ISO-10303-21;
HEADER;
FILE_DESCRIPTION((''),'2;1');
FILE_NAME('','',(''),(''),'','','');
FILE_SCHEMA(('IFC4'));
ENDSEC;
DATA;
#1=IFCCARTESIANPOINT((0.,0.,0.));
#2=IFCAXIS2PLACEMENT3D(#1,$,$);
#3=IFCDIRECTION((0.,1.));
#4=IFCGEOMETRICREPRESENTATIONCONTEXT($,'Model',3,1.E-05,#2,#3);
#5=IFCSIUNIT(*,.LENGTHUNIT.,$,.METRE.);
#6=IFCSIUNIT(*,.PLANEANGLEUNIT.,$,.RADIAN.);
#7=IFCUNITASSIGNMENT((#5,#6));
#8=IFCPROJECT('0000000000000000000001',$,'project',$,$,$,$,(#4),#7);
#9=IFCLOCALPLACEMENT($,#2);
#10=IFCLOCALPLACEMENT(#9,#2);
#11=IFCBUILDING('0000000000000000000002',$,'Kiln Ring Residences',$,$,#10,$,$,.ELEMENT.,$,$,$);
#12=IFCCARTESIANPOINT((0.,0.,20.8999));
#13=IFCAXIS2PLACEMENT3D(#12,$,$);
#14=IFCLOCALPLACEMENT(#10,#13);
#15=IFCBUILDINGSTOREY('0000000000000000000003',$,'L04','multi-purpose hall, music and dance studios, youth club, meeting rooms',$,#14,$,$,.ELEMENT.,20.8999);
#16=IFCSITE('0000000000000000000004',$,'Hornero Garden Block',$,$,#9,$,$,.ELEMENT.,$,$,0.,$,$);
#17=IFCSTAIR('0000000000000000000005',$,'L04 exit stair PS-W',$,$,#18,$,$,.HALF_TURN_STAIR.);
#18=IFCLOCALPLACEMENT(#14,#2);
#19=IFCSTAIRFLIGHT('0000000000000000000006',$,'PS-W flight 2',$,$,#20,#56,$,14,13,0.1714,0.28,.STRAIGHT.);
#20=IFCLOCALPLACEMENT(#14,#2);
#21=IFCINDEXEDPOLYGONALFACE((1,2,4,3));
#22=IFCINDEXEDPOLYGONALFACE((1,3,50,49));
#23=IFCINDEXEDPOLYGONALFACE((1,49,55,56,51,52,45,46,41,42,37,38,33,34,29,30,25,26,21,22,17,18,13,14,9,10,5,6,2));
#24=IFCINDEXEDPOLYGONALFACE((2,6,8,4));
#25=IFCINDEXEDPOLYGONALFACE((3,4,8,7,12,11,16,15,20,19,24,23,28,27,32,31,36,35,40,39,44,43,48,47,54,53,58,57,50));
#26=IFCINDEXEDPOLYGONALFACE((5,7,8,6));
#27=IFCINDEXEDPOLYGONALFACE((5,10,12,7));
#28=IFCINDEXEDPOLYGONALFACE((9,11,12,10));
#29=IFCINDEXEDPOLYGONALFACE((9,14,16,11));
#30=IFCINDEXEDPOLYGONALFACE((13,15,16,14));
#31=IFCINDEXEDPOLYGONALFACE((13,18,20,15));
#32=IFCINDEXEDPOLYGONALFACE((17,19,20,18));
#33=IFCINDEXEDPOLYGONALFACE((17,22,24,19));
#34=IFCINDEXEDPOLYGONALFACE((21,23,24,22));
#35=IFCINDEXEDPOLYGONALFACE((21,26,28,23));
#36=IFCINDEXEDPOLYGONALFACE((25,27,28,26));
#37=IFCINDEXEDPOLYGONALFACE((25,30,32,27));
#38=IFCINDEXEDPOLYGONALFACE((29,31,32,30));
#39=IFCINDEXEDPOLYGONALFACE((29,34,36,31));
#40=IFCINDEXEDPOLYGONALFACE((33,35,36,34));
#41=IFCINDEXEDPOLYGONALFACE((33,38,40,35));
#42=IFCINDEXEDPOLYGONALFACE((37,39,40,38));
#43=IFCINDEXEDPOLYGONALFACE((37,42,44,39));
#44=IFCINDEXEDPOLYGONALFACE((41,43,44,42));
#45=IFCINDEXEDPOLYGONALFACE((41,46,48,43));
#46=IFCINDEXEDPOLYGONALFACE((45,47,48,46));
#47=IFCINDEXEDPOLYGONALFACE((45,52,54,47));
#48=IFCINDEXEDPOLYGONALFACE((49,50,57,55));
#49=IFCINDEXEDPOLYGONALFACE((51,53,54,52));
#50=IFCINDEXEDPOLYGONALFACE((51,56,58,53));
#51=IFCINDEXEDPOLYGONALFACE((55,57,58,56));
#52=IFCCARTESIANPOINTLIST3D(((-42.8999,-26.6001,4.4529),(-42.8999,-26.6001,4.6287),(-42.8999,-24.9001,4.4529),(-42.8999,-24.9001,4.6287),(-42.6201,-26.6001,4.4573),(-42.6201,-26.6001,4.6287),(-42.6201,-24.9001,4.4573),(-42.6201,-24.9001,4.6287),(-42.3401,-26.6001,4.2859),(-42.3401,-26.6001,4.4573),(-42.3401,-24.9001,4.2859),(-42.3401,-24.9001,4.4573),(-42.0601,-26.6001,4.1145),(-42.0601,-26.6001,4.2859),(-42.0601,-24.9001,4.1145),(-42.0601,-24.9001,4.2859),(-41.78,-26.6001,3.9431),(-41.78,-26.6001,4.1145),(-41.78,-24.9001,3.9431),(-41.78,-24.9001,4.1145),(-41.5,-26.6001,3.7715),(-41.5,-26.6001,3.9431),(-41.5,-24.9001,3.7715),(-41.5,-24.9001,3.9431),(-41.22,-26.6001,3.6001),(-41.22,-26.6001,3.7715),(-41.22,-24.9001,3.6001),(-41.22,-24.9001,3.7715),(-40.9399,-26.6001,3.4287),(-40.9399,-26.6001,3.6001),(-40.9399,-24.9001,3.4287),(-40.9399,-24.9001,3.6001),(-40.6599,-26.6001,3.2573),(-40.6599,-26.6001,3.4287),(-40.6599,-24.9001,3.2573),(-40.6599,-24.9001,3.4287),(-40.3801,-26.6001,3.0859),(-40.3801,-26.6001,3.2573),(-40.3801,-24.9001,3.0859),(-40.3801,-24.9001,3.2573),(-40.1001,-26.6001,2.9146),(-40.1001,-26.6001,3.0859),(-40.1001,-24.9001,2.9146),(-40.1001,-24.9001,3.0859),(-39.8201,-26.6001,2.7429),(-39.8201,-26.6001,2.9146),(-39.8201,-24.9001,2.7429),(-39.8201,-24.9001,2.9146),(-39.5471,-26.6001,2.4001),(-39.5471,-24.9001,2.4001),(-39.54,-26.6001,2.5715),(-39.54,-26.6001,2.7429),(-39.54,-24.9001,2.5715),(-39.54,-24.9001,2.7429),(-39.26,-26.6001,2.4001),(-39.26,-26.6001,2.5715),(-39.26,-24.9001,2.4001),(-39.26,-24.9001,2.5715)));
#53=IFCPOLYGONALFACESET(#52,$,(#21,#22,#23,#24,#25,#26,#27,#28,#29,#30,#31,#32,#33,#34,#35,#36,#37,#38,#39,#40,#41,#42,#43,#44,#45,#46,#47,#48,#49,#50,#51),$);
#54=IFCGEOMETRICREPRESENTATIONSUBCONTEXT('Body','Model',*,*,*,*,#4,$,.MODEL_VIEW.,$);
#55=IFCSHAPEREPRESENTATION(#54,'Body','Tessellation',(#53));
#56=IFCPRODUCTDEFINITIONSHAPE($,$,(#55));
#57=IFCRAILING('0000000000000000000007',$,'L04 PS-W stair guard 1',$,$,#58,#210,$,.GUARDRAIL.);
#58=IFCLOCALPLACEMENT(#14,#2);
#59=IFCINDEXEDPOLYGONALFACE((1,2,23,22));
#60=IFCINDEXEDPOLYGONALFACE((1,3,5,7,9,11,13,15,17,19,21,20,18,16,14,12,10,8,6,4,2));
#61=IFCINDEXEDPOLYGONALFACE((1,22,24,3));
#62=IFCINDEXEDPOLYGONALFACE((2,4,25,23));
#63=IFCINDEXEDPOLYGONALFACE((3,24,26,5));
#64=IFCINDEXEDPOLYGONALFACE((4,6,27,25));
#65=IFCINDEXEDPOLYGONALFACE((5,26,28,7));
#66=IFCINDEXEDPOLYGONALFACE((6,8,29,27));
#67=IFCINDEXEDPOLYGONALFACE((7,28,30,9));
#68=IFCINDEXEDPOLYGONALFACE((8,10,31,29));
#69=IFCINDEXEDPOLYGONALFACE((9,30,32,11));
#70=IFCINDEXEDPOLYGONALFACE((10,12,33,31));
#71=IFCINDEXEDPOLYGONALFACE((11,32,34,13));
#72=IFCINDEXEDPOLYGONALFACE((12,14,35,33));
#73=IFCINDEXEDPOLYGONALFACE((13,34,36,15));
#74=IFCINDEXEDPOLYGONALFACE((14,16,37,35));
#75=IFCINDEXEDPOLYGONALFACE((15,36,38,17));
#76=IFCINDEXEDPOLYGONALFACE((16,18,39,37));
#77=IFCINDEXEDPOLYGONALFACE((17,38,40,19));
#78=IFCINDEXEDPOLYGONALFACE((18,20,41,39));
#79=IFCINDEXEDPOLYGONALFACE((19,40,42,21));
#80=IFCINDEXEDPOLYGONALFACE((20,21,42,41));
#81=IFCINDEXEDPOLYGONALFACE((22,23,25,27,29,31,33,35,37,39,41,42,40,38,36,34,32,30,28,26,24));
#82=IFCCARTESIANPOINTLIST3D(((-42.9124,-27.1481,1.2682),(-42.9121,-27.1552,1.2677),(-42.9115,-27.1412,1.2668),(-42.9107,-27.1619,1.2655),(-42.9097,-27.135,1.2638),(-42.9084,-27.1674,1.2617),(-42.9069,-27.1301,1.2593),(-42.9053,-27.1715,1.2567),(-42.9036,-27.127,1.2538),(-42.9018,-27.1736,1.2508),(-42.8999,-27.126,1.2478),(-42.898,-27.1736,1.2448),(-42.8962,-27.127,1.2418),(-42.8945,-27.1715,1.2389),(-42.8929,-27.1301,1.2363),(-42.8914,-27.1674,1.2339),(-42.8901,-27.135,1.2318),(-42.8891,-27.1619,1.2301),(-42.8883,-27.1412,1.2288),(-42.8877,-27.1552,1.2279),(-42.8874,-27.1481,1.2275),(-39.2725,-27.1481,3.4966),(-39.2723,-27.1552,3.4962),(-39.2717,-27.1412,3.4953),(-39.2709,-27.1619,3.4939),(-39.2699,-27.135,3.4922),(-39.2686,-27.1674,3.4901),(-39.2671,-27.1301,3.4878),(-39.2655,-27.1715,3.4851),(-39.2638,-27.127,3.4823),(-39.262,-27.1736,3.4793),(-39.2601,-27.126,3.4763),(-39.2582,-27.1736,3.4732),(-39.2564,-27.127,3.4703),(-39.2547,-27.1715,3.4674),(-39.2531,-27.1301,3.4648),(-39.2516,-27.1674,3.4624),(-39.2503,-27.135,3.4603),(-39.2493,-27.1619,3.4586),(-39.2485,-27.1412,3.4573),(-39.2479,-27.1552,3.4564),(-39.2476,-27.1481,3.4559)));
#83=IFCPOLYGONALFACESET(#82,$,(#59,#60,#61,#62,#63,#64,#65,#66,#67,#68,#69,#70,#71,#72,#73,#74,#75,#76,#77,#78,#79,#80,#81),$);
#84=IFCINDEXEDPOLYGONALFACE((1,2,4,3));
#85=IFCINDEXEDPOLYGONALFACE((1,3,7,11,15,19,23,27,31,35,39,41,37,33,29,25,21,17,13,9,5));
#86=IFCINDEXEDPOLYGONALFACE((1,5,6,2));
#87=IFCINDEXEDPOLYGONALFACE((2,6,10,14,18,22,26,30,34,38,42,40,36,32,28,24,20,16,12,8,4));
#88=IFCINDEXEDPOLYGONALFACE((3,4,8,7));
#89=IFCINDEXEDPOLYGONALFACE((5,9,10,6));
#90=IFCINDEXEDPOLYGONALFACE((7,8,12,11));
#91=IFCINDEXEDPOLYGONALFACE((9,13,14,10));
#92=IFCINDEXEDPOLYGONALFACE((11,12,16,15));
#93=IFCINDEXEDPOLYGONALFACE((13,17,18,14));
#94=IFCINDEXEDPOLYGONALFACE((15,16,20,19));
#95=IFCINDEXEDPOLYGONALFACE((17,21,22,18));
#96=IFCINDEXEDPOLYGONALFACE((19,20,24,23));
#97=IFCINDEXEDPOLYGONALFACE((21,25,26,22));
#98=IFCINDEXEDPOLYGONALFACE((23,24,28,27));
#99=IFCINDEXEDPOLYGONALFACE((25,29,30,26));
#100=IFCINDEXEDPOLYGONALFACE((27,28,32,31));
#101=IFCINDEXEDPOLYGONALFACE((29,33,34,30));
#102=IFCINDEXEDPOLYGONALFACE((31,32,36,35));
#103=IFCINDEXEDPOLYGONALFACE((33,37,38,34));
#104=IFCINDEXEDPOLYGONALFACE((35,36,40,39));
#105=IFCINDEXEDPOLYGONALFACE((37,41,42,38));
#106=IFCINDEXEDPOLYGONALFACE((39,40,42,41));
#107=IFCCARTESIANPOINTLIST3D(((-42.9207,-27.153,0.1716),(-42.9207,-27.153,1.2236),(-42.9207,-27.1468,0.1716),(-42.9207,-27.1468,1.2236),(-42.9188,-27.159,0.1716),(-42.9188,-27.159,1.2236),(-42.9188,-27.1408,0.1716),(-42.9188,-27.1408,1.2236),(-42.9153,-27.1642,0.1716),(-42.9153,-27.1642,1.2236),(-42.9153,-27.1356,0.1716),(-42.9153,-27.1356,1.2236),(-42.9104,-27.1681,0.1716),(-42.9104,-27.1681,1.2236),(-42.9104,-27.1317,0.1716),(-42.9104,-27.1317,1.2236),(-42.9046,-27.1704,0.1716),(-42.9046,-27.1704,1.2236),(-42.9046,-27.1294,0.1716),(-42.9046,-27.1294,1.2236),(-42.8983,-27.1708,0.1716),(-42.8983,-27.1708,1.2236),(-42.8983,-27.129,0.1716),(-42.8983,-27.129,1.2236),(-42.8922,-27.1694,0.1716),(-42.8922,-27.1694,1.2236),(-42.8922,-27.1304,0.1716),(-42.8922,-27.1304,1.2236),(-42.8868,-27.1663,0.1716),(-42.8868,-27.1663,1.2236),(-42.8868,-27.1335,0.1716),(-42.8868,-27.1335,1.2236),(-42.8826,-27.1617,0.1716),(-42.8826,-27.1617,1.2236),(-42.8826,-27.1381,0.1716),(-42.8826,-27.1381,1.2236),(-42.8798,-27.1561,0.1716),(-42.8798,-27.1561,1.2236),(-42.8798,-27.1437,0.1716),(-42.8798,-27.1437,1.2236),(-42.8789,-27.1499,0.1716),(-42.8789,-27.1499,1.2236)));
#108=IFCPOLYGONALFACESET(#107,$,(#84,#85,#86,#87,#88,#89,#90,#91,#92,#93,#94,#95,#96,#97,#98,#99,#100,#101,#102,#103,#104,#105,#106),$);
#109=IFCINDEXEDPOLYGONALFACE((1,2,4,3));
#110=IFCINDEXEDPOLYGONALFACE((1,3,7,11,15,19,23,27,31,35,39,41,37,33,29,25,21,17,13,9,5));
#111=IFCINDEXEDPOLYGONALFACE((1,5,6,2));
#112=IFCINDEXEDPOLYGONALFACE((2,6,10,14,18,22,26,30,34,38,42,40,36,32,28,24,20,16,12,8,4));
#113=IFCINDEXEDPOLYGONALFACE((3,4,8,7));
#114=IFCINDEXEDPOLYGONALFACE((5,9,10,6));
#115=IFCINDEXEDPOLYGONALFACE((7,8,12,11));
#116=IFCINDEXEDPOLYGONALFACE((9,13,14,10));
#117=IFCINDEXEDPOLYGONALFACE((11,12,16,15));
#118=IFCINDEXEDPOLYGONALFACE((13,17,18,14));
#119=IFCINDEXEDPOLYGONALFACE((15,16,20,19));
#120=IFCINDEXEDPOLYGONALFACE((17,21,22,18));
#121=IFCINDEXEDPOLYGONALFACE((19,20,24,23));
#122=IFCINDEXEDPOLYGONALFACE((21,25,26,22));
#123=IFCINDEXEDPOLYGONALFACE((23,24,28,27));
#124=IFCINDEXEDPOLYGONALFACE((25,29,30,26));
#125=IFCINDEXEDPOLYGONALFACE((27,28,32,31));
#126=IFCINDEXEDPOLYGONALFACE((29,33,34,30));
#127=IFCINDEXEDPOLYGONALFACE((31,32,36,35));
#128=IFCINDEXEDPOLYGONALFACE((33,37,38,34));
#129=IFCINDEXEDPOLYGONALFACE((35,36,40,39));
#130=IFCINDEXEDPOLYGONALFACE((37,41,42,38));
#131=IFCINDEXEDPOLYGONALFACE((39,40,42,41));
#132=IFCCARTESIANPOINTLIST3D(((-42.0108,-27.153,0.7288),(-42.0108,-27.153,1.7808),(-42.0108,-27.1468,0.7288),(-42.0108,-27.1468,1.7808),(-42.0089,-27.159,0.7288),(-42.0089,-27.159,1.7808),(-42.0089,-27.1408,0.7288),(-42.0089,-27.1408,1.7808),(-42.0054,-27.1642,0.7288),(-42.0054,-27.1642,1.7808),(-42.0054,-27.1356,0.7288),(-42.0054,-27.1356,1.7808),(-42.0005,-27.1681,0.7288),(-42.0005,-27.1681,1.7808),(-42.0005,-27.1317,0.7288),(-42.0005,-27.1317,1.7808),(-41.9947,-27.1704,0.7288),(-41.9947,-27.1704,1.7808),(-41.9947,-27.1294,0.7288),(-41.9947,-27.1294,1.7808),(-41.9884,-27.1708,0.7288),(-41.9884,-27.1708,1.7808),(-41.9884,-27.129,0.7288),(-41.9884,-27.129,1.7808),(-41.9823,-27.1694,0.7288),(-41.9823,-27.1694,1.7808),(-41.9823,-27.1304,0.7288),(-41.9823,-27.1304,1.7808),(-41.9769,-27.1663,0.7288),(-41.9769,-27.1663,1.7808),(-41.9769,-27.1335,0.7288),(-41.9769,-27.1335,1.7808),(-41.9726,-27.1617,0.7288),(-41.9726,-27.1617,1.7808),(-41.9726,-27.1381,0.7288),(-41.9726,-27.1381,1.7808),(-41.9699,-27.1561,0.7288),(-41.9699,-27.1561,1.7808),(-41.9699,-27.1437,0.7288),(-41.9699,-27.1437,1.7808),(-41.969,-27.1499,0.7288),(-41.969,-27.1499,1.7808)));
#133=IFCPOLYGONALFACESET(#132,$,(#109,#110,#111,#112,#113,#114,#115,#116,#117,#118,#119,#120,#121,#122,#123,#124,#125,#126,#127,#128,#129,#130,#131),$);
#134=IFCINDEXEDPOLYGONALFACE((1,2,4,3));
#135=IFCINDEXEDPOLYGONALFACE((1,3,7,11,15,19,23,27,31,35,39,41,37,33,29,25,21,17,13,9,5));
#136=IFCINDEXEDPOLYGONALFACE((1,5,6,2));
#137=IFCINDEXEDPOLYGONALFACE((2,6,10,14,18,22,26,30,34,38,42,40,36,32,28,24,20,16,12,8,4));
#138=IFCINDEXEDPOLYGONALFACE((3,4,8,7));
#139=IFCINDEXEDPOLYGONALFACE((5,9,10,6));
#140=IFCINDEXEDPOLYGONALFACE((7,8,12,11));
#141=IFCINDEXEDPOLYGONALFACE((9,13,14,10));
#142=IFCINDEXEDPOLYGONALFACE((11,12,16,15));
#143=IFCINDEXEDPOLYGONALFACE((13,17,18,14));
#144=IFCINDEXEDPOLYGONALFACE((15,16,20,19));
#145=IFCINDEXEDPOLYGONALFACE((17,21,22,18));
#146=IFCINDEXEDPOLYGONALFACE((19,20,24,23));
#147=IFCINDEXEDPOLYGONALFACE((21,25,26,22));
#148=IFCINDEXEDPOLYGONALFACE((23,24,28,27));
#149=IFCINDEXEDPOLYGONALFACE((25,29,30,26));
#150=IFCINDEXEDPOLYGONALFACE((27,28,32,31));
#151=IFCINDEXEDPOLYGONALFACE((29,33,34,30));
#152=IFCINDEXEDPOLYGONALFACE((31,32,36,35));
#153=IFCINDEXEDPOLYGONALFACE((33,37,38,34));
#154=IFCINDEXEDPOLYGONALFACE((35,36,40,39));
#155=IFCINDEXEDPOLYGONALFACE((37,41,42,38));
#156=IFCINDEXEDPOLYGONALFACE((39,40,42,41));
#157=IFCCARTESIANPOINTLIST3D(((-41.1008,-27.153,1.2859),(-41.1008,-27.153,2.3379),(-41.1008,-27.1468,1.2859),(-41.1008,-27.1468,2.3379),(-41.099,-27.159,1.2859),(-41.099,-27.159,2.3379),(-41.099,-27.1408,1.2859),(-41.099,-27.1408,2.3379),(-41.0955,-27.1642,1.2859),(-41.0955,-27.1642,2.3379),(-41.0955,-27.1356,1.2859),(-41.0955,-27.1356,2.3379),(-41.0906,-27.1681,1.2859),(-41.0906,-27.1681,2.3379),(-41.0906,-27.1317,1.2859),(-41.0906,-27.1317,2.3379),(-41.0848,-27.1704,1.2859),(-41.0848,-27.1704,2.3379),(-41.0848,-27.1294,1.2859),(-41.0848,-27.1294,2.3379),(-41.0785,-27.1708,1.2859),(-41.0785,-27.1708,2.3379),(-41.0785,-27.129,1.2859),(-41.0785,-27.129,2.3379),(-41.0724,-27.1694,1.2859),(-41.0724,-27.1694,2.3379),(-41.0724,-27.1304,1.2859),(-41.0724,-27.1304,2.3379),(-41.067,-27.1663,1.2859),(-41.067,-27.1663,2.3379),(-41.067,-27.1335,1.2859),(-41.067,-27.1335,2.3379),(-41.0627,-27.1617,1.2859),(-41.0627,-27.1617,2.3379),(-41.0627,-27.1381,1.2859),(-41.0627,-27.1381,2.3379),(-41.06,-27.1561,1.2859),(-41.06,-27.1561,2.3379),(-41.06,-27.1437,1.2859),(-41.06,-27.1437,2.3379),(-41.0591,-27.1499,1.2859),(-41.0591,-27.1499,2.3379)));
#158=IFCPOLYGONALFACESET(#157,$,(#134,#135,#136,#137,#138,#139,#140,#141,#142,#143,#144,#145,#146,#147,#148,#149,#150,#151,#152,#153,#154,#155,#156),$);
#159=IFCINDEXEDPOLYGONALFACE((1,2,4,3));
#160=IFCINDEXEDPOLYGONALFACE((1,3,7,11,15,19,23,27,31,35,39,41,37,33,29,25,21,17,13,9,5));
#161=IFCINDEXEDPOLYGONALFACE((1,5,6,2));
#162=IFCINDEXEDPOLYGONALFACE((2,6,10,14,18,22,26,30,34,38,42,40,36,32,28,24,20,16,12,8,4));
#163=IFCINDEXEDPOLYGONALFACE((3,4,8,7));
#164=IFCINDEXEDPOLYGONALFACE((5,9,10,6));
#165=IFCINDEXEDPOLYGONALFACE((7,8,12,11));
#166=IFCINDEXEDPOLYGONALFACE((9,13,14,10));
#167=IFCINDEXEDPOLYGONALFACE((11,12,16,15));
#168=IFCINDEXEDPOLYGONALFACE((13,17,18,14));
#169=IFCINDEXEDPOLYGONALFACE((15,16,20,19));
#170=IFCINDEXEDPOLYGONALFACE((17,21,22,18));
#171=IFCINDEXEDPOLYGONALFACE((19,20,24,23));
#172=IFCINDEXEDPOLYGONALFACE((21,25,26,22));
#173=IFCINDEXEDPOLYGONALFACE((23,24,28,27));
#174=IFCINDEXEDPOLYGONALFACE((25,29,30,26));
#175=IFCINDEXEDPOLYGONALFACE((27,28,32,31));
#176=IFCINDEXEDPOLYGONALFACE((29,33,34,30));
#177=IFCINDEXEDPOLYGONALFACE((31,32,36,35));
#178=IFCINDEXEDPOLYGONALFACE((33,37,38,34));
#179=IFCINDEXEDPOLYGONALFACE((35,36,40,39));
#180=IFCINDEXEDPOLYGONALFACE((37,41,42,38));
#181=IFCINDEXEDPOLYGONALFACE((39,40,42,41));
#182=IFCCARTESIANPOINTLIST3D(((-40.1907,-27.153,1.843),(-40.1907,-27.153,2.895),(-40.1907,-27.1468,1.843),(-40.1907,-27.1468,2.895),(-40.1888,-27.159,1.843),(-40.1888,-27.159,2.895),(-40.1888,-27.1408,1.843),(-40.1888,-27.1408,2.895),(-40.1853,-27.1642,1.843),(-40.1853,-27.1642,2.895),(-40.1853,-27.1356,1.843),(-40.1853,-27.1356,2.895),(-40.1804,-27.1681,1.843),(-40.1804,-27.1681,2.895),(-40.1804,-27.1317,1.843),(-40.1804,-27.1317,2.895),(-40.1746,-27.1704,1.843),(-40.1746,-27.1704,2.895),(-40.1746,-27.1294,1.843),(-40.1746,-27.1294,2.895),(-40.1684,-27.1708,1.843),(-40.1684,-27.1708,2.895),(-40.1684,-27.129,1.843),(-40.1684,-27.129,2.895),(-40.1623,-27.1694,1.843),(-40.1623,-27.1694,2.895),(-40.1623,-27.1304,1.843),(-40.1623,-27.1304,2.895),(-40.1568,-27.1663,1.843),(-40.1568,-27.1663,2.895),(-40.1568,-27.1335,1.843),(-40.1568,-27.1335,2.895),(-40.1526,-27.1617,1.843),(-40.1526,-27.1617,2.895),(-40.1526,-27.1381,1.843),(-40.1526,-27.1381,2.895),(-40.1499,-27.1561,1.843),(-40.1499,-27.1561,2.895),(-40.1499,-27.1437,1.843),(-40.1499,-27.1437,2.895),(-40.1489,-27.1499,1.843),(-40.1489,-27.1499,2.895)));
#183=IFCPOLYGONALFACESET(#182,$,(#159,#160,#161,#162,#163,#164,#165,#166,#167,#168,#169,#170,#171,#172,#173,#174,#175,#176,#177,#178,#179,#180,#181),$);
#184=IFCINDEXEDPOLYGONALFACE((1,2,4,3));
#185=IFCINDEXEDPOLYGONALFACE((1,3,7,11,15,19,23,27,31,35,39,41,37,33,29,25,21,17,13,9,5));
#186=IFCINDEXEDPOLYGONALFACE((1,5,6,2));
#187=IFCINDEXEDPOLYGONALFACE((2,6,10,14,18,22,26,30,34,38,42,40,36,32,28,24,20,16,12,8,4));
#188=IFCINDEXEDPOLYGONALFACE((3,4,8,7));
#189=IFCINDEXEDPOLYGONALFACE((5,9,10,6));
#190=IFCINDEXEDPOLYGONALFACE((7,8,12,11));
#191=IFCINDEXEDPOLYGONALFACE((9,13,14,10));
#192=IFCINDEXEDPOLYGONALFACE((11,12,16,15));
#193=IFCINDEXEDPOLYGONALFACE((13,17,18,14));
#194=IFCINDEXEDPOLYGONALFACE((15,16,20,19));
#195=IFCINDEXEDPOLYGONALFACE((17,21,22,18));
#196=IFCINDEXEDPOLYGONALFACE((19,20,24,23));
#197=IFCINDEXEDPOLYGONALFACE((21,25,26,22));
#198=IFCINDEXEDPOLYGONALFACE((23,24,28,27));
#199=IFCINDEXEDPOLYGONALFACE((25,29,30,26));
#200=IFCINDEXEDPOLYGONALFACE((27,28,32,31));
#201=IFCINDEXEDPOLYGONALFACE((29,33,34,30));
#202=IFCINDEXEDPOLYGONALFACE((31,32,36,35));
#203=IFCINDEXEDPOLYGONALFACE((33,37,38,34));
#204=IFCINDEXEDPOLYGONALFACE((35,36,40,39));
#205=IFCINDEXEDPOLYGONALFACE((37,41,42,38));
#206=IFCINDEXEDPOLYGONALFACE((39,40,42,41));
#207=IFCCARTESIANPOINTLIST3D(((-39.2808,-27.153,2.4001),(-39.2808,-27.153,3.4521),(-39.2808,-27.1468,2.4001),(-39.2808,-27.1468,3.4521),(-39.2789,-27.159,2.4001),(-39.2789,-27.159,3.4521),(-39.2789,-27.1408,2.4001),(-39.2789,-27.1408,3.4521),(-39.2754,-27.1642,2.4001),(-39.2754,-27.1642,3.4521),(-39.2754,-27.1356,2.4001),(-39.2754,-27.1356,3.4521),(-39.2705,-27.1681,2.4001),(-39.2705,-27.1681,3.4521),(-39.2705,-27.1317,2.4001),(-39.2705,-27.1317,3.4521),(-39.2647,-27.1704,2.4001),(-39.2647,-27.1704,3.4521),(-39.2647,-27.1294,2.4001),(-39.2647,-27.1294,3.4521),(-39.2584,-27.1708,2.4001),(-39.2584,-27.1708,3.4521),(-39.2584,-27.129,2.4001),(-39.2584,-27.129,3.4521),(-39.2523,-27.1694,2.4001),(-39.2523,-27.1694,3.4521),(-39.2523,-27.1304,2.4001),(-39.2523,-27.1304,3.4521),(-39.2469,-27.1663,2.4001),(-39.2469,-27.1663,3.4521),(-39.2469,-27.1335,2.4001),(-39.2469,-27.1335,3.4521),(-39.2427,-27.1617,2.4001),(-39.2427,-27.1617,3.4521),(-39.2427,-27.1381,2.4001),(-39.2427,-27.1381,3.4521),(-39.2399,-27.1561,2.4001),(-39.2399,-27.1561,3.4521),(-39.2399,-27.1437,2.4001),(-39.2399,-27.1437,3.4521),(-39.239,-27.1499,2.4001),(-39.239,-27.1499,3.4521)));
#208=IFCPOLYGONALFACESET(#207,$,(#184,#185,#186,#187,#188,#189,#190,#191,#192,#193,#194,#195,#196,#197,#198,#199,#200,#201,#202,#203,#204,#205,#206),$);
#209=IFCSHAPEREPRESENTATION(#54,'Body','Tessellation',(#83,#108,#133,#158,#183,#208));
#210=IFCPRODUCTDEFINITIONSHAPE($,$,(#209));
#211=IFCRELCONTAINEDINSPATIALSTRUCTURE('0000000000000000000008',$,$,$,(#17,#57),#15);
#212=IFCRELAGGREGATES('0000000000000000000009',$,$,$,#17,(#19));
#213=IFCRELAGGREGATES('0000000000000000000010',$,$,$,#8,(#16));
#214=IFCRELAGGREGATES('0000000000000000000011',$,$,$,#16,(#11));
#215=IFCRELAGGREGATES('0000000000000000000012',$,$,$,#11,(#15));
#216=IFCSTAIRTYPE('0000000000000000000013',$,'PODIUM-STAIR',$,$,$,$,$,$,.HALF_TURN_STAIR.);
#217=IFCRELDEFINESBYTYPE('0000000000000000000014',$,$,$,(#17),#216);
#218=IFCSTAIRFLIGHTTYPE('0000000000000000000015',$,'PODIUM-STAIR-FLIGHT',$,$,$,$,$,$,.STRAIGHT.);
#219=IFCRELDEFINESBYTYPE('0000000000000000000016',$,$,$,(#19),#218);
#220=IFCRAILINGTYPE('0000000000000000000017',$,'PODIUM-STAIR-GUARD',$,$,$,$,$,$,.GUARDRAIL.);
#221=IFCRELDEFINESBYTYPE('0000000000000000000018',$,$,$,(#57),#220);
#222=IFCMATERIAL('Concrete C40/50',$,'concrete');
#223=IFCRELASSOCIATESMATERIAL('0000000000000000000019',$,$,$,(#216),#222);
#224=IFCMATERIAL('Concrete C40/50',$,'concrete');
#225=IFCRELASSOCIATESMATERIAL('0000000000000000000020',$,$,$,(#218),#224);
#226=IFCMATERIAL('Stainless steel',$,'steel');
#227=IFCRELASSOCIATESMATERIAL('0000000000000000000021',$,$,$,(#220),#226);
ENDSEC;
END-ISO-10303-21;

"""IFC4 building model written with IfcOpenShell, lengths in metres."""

from ifc_helpers import new_model, si_unit, direction, frame, origin, origin_2d, place, context, subcontext, project, spatial, polyline, circle, outline, extrude, material, type_object, element, aggregate, save


model = new_model("IFC4")

# Units and contexts
model_context = context("Model", 3, precision=1e-05, world=origin(), true_north=direction((0.0, 1.0)))
body_context = subcontext(model_context, "Body", "Model", "MODEL_VIEW")
ifc_project = project(units=[si_unit("LENGTHUNIT", "METRE"), si_unit("PLANEANGLEUNIT", "RADIAN")], contexts=[model_context])

# Site, building, storey
site_placement = place(None, origin())
site = spatial("IfcSite", under=ifc_project, at=site_placement, Name="Hornero Garden Block", CompositionType="ELEMENT", RefElevation=0.0)
building_placement = place(site_placement, origin())
building = spatial("IfcBuilding", under=site, at=building_placement, Name="Kiln Ring Residences", CompositionType="ELEMENT")
storey_placement = place(building_placement, frame((0.0, 0.0, 20.8999)))
storey = spatial("IfcBuildingStorey", under=building, at=storey_placement, Name="L04", Description="multi-purpose hall, music and dance studios, youth club, meeting rooms", CompositionType="ELEMENT", Elevation=20.8999)

# Stair, stair flight
ifc_material_1 = material(Name="Concrete C40/50", Category="concrete")
stair_type = type_object("IfcStairType", Name="PODIUM-STAIR", PredefinedType="HALF_TURN_STAIR", material=ifc_material_1)
stair_placement = place(storey_placement, origin())
stair = element("IfcStair", 1, at=stair_placement, inside=storey, type_object=stair_type, Name="L04 exit stair PS-W", PredefinedType="HALF_TURN_STAIR")
ifc_material_2 = material(Name="Concrete C40/50", Category="concrete")
stair_flight_type = type_object("IfcStairFlightType", Name="PODIUM-STAIR-FLIGHT", PredefinedType="STRAIGHT", material=ifc_material_2)
stair_flight_placement = place(storey_placement, frame((-39.26, -25.75, 2.4001), z_axis=(0.0, 0.0, 1.0), x_axis=(-1.0, 0.0, 0.0)))
stair_flight = element("IfcStairFlight", 2, at=stair_flight_placement, type_object=stair_flight_type, Name="PS-W flight 2", NumberOfRisers=14, NumberOfTreads=13, PredefinedType="STRAIGHT", RiserHeight=0.1714, TreadLength=0.28, context=body_context, shape_type="SweptSolid", body=[
    extrude(outline(polyline([(0.0, 0.0), (0.0, 0.1714), (0.28, 0.1714), (0.28, 0.3428), (0.5601, 0.3428), (0.5601, 0.5144), (0.8401, 0.5144), (0.8401, 0.6858), (1.1201, 0.6858), (1.1201, 0.8572), (1.3999, 0.8572), (1.3999, 1.0286), (1.6799, 1.0286), (1.6799, 1.2), (1.96, 1.2), (1.96, 1.3713), (2.24, 1.3713), (2.24, 1.543), (2.52, 1.543), (2.52, 1.7144), (2.8, 1.7144), (2.8, 1.8857), (3.0801, 1.8857), (3.0801, 2.0571), (3.3601, 2.0571), (3.3601, 2.2285), (3.6399, 2.2285), (3.6399, 2.3999), (3.6399, 2.0527), (0.2871, 0.0), (0.0, 0.0)])), frame((0.0, 0.8501, 0.0), z_axis=(0.0, -1.0, 0.0), x_axis=(1.0, 0.0, 0.0)), (0.0, 0.0, 1.0), 1.7),
])
aggregate(stair, [stair_flight])

# Railing
ifc_material_3 = material(Name="Stainless steel", Category="steel")
railing_type_1 = type_object("IfcRailingType", Name="PODIUM-STAIR-GUARD", PredefinedType="GUARDRAIL", material=ifc_material_3)
railing_1_placement = place(storey_placement, frame((-42.8999, -27.1499, 0.1716)))
element("IfcRailing", 3, at=railing_1_placement, inside=storey, type_object=railing_type_1, Name="L04 PS-W stair guard 1", PredefinedType="GUARDRAIL", context=body_context, shape_type="SweptSolid", body=[
    extrude(circle(Radius=0.0239, at=origin_2d()), frame((0.0, 0.0, 1.0762), z_axis=(0.85285, 0.0, 0.522156), x_axis=(0.0, 1.0, 0.0)), (0.0, 0.0, 1.0), 4.2678),
    extrude(circle(Radius=0.021, at=origin_2d()), origin(), (0.0, 0.0, 1.0), 1.052),
    extrude(circle(Radius=0.021, at=origin_2d()), frame((0.9099, 0.0, 0.5571)), (0.0, 0.0, 1.0), 1.052),
    extrude(circle(Radius=0.021, at=origin_2d()), frame((1.8198, 0.0, 1.1143)), (0.0, 0.0, 1.0), 1.052),
    extrude(circle(Radius=0.021, at=origin_2d()), frame((2.73, 0.0, 1.6714)), (0.0, 0.0, 1.0), 1.052),
    extrude(circle(Radius=0.021, at=origin_2d()), frame((3.6399, 0.0, 2.2285)), (0.0, 0.0, 1.0), 1.052),
])

save(model, "model.ifc")
